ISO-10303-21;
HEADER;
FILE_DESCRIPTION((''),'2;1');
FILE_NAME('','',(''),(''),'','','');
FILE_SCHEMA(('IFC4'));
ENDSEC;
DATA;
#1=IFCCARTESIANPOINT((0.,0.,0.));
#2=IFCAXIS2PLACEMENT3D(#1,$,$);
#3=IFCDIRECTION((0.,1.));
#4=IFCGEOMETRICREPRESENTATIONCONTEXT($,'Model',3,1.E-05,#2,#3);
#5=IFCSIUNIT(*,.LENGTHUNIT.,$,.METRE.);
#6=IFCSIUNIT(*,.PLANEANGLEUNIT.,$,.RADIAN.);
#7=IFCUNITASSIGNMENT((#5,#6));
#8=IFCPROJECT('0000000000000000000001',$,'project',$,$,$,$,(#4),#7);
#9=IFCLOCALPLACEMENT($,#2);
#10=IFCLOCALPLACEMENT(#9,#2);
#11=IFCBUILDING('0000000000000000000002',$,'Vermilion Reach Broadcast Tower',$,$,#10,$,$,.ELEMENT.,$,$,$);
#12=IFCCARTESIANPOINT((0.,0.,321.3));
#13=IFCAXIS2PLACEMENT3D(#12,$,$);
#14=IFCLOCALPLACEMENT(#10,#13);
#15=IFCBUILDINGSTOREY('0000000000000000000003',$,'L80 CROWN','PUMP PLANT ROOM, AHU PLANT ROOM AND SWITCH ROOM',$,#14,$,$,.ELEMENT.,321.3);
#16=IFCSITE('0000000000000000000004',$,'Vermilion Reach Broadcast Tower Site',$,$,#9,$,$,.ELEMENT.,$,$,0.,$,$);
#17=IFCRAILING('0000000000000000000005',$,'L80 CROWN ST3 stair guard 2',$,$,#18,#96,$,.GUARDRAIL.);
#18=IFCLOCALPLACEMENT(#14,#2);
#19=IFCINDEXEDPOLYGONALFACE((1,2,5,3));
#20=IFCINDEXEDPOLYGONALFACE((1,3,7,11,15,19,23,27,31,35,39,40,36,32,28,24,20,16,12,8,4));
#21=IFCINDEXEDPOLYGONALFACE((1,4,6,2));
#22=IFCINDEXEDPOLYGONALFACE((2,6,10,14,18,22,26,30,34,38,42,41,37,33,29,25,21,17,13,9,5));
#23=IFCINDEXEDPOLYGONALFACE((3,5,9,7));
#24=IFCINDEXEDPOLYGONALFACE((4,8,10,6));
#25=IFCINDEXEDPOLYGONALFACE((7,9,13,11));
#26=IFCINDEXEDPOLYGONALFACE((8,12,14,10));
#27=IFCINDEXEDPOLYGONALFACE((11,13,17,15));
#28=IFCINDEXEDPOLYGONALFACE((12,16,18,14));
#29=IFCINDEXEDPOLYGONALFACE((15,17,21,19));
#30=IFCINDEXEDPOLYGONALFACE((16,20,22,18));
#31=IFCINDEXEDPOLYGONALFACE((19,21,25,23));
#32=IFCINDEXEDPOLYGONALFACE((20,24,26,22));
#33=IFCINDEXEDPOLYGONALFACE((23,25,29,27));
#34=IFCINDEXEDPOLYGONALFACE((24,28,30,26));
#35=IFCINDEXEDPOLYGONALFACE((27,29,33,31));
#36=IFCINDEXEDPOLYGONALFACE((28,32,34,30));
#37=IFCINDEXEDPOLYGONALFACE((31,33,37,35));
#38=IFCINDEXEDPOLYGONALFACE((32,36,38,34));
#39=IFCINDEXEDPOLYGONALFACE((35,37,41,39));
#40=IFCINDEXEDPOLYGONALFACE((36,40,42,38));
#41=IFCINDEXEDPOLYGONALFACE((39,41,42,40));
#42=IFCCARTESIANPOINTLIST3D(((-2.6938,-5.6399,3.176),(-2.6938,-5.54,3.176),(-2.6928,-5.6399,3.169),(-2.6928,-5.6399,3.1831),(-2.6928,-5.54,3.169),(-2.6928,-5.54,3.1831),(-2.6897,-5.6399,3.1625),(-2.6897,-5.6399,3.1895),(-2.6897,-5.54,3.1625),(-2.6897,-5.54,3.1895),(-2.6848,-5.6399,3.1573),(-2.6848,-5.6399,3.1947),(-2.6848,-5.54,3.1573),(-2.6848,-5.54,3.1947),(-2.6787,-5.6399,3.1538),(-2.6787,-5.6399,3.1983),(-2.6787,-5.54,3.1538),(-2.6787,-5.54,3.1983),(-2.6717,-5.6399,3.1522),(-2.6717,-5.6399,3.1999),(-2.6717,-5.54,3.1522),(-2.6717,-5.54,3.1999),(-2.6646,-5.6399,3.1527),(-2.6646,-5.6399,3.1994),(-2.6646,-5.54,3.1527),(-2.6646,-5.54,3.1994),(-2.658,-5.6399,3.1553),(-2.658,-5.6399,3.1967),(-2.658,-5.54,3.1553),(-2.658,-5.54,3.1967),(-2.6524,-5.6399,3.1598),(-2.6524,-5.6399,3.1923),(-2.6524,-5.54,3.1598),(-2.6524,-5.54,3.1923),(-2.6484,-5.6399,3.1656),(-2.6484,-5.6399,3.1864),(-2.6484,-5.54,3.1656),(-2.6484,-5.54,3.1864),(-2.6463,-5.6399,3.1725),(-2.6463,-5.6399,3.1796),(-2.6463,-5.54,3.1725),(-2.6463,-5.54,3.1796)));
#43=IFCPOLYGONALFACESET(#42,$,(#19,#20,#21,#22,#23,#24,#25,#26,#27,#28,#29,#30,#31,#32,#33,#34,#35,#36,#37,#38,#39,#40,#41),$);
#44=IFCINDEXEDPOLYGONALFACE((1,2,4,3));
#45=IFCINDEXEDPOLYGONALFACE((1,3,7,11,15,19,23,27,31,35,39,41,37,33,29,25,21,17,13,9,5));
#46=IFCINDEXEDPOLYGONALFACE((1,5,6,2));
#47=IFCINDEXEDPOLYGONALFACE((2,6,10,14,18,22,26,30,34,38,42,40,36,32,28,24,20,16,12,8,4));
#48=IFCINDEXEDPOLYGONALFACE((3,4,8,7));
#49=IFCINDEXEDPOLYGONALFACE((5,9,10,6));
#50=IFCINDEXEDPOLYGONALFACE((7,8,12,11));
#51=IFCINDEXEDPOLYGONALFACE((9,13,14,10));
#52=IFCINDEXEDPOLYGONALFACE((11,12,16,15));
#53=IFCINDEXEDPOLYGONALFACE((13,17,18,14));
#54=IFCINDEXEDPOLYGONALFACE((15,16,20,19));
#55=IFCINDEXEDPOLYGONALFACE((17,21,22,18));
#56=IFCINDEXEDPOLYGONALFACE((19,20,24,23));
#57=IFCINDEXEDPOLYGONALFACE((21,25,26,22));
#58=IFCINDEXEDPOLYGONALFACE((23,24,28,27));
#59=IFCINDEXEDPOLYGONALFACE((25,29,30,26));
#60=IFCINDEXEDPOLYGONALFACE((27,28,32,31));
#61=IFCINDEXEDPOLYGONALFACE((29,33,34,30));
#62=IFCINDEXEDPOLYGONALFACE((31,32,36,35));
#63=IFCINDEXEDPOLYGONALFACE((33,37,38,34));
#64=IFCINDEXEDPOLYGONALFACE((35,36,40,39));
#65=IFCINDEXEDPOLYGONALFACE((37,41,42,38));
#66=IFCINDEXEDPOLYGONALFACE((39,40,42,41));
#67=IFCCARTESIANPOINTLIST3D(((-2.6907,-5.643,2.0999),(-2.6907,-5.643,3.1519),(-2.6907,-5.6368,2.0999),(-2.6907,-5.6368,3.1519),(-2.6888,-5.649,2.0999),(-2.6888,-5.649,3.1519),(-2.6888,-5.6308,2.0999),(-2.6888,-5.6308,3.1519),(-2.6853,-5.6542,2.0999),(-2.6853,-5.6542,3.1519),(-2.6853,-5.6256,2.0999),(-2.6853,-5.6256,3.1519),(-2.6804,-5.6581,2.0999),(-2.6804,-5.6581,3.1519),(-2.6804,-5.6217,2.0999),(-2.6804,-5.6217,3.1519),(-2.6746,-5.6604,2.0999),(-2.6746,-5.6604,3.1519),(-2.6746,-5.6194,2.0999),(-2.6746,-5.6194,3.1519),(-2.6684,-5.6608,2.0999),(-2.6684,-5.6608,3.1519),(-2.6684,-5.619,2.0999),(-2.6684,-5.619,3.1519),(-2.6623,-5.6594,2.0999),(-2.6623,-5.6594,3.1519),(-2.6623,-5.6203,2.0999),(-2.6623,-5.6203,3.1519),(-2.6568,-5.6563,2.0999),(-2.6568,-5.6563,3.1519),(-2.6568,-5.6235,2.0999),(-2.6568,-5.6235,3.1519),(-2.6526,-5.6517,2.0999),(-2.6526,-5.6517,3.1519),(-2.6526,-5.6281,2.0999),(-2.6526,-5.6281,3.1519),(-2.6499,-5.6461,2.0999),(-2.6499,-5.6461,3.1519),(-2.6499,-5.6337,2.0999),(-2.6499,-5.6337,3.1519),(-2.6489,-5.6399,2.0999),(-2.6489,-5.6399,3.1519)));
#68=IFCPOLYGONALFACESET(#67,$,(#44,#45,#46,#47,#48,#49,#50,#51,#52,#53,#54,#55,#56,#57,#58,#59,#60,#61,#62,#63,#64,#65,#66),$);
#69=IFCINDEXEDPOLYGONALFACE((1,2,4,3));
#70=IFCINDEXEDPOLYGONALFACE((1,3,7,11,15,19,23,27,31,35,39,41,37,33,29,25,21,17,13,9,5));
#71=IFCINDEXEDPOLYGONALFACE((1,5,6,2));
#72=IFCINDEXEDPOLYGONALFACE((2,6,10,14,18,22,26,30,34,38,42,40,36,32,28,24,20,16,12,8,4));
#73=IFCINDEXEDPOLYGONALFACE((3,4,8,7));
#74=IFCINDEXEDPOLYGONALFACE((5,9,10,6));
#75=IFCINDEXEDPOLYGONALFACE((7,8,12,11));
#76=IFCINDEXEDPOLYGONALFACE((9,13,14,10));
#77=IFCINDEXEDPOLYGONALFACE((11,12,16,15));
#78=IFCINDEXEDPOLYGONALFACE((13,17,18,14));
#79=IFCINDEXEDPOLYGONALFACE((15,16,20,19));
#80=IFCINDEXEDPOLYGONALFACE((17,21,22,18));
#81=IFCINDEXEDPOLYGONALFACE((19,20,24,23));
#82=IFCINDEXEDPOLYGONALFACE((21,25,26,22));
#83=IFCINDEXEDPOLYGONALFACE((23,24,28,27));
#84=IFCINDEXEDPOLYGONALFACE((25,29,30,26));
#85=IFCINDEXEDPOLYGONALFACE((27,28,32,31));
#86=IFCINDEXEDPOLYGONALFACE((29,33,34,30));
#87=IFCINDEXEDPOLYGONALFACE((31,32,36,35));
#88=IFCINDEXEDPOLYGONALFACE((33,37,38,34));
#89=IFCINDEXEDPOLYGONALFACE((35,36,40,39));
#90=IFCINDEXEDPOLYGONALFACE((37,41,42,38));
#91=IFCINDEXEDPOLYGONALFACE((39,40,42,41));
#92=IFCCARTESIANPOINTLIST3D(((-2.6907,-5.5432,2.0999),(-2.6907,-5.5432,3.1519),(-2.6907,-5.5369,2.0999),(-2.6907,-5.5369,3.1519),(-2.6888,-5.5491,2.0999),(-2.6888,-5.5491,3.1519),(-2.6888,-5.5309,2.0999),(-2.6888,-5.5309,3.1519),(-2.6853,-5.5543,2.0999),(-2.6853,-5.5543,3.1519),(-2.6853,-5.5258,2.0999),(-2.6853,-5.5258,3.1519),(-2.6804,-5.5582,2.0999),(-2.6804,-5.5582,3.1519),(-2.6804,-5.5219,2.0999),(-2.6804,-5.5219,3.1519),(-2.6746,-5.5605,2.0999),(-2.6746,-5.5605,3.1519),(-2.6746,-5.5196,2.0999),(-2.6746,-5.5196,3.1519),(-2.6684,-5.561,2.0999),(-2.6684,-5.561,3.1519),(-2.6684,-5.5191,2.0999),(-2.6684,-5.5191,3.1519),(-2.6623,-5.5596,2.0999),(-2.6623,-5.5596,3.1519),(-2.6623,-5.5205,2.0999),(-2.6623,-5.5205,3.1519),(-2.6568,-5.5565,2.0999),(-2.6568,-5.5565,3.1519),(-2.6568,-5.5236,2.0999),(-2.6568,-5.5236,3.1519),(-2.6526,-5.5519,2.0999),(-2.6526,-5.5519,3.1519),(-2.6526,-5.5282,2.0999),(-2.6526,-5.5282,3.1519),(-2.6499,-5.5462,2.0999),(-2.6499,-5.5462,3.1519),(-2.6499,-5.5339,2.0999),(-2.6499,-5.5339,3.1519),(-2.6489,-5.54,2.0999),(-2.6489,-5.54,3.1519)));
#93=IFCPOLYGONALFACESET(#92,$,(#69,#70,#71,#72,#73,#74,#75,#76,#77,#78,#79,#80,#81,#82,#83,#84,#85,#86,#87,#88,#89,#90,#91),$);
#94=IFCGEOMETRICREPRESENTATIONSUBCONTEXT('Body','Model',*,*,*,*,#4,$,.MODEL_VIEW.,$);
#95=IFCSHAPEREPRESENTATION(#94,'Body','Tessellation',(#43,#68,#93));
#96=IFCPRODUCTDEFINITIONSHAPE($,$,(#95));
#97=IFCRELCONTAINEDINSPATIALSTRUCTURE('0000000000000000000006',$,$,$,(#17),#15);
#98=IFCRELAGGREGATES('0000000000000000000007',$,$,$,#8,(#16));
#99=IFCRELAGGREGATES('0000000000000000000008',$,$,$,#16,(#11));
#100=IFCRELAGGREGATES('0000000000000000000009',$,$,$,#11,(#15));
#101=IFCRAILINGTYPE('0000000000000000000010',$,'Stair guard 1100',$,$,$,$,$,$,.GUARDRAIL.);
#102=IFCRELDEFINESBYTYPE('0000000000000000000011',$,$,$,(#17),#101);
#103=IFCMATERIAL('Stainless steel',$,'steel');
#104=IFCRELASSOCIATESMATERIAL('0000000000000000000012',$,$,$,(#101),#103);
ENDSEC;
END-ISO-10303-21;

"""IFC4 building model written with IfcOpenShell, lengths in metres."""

from ifc_helpers import new_model, si_unit, direction, frame, origin, origin_2d, place, context, subcontext, project, spatial, circle, extrude, material, type_object, element, save


model = new_model("IFC4")

# Units and contexts
model_context = context("Model", 3, precision=1e-05, world=origin(), true_north=direction((0.0, 1.0)))
body_context = subcontext(model_context, "Body", "Model", "MODEL_VIEW")
ifc_project = project(units=[si_unit("LENGTHUNIT", "METRE"), si_unit("PLANEANGLEUNIT", "RADIAN")], contexts=[model_context])

# Site, building, storey
site_placement = place(None, origin())
site = spatial("IfcSite", under=ifc_project, at=site_placement, Name="Vermilion Reach Broadcast Tower Site", CompositionType="ELEMENT", RefElevation=0.0)
building_placement = place(site_placement, origin())
building = spatial("IfcBuilding", under=site, at=building_placement, Name="Vermilion Reach Broadcast Tower", CompositionType="ELEMENT")
storey_placement = place(building_placement, frame((0.0, 0.0, 321.3)))
storey = spatial("IfcBuildingStorey", under=building, at=storey_placement, Name="L80 CROWN", Description="PUMP PLANT ROOM, AHU PLANT ROOM AND SWITCH ROOM", CompositionType="ELEMENT", Elevation=321.3)

# Railing
ifc_material_1 = material(Name="Stainless steel", Category="steel")
railing_type_1 = type_object("IfcRailingType", Name="Stair guard 1100", PredefinedType="GUARDRAIL", material=ifc_material_1)
railing_1_placement = place(storey_placement, frame((-2.6699, -5.6399, 2.0999)))
element("IfcRailing", 1, at=railing_1_placement, inside=storey, type_object=railing_type_1, Name="L80 CROWN ST3 stair guard 2", PredefinedType="GUARDRAIL", context=body_context, shape_type="SweptSolid", body=[
    extrude(circle(Radius=0.0239, at=origin_2d()), frame((0.0, 0.0, 1.0762), z_axis=(0.0, 1.0, 0.0), x_axis=(-1.0, 0.0, 0.0)), (0.0, 0.0, 1.0), 0.0999),
    extrude(circle(Radius=0.021, at=origin_2d()), origin(), (0.0, 0.0, 1.0), 1.052),
    extrude(circle(Radius=0.021, at=origin_2d()), frame((0.0, 0.0999, 0.0)), (0.0, 0.0, 1.0), 1.052),
])

save(model, "model.ifc")
